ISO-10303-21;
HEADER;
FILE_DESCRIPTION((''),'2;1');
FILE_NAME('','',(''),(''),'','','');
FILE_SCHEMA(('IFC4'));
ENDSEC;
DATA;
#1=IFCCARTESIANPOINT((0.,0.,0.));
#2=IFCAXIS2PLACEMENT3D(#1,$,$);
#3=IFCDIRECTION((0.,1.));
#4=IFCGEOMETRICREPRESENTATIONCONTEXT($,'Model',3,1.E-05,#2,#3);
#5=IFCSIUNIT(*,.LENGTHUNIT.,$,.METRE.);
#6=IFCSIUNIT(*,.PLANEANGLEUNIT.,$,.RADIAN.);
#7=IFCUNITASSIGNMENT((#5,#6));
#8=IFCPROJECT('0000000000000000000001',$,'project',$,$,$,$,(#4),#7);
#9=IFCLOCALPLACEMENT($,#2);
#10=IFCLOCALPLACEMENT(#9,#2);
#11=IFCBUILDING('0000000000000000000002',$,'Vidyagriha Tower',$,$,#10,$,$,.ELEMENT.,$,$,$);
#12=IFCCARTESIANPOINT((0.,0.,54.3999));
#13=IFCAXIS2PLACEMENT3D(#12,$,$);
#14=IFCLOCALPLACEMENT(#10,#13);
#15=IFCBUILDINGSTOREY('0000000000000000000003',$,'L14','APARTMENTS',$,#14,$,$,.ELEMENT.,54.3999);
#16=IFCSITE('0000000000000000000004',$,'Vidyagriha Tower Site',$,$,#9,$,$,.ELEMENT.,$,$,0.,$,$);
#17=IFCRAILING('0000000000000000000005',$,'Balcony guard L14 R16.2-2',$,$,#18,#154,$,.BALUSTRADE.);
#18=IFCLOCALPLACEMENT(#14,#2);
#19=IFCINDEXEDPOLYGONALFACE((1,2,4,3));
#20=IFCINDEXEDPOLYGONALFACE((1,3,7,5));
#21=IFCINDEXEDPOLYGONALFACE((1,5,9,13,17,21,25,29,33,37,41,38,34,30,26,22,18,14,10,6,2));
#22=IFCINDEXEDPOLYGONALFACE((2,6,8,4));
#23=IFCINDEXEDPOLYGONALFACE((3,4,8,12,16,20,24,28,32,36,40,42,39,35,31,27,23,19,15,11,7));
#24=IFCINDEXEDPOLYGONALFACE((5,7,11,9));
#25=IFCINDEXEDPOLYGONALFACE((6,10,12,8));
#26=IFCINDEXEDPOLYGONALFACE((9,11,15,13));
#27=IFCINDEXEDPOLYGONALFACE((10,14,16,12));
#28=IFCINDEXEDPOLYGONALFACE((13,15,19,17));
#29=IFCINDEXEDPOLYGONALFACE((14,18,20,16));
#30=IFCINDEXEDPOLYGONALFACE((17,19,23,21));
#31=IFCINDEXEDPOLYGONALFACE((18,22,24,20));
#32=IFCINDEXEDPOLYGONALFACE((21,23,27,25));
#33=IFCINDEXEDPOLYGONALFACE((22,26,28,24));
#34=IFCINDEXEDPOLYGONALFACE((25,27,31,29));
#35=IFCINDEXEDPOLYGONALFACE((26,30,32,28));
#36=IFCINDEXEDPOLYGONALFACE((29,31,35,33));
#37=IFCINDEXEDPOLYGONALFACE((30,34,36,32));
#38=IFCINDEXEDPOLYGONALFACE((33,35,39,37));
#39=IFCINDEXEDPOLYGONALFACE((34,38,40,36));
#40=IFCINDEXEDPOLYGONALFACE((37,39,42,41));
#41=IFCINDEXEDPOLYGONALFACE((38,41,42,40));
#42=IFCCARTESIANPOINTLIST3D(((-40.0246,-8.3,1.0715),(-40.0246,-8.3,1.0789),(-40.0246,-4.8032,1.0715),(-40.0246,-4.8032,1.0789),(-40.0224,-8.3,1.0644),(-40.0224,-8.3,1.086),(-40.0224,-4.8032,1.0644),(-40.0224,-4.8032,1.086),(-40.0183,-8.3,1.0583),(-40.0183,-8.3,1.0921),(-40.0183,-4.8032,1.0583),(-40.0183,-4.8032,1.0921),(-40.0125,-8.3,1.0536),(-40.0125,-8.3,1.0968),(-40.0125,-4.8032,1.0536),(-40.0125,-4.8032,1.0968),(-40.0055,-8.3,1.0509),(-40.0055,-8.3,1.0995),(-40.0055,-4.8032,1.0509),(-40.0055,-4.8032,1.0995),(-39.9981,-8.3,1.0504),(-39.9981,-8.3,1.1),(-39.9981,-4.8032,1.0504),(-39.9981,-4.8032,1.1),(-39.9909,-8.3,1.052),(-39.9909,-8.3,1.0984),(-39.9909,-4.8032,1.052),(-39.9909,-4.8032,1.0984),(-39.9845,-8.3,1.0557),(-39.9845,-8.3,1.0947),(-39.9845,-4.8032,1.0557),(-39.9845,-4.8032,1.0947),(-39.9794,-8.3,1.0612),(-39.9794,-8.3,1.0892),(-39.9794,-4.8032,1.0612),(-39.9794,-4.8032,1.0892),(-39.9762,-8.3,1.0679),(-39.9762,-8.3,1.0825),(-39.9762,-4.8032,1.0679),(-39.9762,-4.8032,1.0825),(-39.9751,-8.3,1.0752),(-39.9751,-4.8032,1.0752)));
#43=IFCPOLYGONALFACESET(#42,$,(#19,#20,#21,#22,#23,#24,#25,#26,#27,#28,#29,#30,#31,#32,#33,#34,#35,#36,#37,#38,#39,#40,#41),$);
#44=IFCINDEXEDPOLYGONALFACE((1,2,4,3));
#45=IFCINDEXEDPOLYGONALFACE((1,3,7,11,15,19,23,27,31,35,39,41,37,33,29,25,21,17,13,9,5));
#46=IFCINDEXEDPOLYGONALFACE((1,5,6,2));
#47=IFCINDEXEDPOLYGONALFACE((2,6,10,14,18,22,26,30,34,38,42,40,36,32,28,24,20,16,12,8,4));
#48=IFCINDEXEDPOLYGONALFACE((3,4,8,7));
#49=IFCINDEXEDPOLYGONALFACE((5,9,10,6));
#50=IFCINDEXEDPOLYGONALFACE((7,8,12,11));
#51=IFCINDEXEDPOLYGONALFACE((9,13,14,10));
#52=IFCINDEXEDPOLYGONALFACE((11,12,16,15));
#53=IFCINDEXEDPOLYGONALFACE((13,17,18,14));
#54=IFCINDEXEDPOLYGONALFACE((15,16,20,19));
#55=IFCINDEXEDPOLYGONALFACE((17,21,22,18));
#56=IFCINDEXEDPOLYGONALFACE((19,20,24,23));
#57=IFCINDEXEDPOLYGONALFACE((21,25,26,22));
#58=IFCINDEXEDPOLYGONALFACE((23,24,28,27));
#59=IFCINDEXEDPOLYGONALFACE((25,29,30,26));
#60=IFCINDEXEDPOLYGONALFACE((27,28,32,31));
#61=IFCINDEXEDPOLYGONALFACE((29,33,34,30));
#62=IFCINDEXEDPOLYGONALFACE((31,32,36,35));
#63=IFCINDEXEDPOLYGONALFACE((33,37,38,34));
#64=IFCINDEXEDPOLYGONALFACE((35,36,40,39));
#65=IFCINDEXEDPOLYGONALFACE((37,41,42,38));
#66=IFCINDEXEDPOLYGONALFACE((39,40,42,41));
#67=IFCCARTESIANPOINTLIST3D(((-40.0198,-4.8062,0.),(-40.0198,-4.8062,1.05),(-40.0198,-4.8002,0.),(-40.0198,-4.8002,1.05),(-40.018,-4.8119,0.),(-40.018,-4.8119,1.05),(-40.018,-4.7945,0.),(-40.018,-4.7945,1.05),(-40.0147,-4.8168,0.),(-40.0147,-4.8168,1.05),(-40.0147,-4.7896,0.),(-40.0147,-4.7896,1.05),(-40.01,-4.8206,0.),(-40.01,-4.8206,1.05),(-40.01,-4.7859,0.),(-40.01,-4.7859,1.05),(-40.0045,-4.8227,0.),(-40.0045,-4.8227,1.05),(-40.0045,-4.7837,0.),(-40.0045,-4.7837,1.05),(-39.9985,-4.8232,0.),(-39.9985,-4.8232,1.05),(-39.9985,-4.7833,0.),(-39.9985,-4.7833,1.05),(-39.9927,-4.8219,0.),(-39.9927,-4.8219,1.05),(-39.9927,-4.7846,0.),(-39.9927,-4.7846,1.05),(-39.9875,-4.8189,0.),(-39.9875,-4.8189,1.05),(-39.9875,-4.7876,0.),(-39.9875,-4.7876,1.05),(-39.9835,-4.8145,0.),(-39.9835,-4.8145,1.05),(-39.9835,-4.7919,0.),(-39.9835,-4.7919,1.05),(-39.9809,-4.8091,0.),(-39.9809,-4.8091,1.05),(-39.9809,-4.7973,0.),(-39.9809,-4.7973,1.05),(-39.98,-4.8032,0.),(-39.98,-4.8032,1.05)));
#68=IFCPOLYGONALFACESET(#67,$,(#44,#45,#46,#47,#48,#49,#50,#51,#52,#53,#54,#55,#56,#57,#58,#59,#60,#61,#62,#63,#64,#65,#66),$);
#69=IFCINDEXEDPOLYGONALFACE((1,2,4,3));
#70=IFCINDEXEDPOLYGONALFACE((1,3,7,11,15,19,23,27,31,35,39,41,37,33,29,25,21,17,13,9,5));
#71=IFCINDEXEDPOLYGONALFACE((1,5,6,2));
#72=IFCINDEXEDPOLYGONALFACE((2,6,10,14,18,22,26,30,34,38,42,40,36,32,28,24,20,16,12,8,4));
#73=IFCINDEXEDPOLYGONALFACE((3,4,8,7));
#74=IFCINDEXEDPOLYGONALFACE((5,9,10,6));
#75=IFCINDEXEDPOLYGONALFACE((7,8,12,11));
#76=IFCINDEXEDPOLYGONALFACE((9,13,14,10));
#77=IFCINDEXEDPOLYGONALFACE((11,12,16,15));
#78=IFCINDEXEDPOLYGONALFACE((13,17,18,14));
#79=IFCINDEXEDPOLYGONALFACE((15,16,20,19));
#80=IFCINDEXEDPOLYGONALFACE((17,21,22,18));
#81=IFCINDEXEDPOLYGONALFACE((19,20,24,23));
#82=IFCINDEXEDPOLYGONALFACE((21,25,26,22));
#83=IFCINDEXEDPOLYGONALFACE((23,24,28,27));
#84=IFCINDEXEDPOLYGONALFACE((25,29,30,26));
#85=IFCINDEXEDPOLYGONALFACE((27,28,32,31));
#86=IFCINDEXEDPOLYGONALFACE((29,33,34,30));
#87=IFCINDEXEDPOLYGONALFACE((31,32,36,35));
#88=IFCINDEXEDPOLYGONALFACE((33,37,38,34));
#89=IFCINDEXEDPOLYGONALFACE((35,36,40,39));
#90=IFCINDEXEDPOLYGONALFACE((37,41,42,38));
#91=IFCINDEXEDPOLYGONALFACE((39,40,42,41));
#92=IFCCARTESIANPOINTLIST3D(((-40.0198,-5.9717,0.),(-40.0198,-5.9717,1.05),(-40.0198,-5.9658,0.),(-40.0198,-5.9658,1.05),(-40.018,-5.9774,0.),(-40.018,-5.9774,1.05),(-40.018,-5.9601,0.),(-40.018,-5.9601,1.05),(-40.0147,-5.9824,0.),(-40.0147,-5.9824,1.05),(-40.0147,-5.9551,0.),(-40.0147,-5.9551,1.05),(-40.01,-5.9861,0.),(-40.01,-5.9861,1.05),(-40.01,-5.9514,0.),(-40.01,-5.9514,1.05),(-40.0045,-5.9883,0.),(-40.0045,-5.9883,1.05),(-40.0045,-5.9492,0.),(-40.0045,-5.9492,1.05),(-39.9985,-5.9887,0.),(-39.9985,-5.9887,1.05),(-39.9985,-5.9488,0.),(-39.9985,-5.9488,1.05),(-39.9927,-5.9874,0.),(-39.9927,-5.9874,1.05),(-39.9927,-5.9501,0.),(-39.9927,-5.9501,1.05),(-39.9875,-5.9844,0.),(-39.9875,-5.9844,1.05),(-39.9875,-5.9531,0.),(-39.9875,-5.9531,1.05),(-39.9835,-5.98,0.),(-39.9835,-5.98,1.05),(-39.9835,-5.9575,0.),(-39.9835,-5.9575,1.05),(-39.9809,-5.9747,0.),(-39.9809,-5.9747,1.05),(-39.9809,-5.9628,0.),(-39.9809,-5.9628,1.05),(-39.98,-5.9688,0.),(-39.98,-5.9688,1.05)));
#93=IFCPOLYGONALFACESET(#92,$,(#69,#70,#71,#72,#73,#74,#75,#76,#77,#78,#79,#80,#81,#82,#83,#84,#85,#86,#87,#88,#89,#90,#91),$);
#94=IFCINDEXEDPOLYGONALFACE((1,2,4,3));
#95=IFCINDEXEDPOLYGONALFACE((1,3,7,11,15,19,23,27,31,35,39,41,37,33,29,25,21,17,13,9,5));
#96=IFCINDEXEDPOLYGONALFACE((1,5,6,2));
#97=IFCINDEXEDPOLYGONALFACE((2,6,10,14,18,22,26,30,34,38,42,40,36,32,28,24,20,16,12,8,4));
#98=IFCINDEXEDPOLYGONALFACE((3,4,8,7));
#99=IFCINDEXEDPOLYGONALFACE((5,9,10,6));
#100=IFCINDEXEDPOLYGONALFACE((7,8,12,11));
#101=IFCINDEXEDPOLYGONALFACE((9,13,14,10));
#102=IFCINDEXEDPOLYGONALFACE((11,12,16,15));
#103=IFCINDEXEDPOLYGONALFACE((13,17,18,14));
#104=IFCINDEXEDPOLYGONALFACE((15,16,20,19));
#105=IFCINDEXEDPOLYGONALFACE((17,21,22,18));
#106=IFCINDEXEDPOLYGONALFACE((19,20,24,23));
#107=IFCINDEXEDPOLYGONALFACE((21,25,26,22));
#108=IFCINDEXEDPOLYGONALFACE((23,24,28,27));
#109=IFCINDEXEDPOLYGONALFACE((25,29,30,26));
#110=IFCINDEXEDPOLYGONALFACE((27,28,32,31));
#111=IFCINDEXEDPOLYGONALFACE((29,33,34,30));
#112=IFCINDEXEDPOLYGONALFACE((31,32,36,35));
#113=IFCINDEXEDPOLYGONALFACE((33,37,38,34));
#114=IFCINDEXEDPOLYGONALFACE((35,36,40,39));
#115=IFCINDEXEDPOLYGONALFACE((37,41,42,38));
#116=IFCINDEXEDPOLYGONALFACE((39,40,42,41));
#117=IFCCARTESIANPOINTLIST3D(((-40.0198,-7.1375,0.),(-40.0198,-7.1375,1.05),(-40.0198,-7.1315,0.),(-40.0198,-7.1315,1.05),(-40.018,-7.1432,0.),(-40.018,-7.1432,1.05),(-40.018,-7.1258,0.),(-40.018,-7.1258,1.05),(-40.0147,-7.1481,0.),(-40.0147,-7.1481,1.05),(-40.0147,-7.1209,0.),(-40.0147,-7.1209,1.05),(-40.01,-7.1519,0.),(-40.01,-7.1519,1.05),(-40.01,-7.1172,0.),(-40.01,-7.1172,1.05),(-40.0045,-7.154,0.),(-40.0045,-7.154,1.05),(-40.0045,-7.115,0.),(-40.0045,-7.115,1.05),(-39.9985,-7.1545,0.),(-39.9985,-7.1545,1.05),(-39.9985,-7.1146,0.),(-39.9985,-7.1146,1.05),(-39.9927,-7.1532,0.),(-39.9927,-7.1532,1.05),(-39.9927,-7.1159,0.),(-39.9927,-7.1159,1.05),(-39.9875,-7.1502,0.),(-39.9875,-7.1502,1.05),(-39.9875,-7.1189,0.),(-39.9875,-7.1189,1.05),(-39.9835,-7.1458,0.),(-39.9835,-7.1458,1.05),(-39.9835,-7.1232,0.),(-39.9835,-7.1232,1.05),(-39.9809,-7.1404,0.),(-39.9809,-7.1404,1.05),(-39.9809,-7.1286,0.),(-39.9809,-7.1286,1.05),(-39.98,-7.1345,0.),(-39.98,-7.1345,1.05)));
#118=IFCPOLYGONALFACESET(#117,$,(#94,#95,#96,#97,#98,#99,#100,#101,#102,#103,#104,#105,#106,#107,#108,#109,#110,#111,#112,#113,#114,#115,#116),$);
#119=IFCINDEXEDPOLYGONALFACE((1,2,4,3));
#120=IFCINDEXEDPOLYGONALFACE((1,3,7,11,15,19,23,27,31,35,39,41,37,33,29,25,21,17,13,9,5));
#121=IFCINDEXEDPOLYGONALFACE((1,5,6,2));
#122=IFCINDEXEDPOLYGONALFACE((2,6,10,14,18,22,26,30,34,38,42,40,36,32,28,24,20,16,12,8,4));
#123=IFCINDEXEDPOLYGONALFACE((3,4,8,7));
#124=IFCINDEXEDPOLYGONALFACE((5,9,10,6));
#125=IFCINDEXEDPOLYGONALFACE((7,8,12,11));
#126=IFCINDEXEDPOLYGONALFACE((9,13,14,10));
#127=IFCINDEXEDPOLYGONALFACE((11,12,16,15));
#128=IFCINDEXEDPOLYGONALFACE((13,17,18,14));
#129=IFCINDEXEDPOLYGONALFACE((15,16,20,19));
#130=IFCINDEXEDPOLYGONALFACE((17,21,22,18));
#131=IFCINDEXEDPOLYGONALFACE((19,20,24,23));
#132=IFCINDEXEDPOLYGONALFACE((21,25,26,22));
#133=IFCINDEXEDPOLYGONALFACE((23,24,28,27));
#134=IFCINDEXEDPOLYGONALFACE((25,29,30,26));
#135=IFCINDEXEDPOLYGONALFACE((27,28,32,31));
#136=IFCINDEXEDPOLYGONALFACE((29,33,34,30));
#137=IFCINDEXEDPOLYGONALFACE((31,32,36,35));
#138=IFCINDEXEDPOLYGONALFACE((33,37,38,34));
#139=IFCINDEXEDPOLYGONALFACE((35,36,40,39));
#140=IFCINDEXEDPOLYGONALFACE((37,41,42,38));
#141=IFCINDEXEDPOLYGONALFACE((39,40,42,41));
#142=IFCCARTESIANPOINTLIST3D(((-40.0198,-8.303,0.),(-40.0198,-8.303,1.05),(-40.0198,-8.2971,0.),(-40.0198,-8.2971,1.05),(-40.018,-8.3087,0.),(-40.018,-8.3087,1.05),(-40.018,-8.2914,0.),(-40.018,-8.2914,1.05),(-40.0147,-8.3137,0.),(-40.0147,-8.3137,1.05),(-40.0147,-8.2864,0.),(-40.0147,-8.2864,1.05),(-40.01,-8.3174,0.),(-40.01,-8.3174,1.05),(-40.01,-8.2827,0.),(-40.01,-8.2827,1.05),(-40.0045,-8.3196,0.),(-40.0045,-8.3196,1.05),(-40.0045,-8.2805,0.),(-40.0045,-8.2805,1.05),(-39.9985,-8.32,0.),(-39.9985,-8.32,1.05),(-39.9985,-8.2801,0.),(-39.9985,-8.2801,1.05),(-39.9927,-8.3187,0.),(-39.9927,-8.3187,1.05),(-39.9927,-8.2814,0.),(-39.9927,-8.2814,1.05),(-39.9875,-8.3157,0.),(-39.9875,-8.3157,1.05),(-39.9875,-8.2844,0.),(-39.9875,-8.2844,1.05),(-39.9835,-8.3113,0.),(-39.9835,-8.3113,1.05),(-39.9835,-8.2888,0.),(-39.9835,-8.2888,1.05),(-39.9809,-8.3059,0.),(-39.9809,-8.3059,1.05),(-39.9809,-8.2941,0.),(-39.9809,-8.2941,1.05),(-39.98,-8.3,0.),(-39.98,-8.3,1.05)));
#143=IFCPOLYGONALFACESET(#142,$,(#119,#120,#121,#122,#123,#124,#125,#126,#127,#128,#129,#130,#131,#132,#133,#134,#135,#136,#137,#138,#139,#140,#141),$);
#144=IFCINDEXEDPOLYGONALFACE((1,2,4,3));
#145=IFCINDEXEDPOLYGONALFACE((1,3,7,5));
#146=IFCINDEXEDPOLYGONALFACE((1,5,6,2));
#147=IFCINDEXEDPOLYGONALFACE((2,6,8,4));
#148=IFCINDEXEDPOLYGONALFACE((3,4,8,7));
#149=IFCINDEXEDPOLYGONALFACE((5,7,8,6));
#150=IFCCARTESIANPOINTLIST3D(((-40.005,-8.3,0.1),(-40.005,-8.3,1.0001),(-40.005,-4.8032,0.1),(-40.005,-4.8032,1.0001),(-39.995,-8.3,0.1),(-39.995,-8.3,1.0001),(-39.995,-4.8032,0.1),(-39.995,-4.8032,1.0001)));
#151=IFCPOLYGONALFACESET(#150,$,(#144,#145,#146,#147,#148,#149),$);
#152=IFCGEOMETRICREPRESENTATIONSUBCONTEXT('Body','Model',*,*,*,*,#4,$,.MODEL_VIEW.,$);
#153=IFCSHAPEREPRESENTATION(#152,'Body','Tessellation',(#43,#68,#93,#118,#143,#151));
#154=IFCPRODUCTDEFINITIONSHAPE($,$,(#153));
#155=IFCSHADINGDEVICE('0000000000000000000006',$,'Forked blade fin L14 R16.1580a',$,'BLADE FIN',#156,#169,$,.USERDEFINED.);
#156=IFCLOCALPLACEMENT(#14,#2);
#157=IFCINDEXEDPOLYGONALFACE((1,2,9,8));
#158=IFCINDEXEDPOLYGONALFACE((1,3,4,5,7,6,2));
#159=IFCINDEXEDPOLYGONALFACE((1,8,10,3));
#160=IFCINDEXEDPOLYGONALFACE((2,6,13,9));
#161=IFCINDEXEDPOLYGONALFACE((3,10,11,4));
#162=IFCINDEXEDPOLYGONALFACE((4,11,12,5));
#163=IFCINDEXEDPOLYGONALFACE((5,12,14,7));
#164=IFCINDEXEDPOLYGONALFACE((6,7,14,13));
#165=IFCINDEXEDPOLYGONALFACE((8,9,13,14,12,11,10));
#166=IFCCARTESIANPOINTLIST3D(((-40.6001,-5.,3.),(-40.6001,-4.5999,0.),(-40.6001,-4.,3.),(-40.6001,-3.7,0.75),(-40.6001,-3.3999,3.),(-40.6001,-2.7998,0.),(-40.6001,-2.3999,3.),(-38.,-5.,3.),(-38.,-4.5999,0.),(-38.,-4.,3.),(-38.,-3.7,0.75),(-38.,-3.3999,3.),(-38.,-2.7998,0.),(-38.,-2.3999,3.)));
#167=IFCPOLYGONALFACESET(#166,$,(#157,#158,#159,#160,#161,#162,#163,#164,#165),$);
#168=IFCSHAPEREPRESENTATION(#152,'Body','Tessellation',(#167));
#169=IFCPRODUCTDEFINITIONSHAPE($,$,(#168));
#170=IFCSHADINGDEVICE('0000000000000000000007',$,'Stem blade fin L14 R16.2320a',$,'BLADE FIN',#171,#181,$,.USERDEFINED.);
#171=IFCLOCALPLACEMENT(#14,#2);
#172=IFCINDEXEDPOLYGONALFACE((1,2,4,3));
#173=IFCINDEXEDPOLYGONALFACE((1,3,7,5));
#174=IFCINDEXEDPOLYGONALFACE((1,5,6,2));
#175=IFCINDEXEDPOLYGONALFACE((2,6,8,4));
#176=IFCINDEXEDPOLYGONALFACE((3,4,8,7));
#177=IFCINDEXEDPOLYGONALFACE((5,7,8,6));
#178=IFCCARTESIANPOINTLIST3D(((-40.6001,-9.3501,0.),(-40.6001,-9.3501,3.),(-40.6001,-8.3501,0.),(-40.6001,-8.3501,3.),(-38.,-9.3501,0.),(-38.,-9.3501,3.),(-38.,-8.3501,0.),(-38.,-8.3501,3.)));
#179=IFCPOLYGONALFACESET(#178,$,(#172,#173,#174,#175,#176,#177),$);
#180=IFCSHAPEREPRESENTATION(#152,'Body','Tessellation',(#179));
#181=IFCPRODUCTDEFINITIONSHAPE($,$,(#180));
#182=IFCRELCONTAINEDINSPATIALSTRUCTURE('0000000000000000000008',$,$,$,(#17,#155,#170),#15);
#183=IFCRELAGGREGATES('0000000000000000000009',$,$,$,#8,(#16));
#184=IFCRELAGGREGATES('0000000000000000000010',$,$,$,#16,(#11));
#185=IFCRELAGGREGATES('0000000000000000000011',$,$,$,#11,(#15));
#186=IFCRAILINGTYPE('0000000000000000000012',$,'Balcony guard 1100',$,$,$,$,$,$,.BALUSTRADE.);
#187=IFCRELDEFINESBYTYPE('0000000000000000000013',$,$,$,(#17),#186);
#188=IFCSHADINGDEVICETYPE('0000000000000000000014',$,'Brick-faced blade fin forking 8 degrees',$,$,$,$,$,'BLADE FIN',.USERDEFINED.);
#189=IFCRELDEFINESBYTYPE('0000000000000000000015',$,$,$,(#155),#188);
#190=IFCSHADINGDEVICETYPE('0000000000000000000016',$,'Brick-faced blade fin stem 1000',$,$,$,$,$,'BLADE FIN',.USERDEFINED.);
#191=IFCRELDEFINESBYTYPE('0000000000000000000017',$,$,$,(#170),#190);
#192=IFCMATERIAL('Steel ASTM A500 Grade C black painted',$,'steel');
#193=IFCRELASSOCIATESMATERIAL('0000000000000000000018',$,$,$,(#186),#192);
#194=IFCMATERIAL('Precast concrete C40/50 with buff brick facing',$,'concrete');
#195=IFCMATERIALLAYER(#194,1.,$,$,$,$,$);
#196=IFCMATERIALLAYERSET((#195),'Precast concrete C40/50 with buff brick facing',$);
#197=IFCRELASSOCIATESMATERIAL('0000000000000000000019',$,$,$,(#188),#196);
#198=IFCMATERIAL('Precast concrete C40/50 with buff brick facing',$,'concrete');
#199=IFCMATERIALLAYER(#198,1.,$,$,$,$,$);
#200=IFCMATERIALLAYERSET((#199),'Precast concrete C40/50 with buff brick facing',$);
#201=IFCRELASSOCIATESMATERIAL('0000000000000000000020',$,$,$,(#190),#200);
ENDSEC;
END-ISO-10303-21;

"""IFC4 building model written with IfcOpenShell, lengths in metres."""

from ifc_helpers import new_model, si_unit, direction, frame, origin, origin_2d, place, context, subcontext, project, spatial, polyline, rectangle, circle, outline, extrude, material, layer, layer_set, type_object, element, save


model = new_model("IFC4")

# Units and contexts
model_context = context("Model", 3, precision=1e-05, world=origin(), true_north=direction((0.0, 1.0)))
body_context = subcontext(model_context, "Body", "Model", "MODEL_VIEW")
ifc_project = project(units=[si_unit("LENGTHUNIT", "METRE"), si_unit("PLANEANGLEUNIT", "RADIAN")], contexts=[model_context])

# Site, building, storey
site_placement = place(None, origin())
site = spatial("IfcSite", under=ifc_project, at=site_placement, Name="Vidyagriha Tower Site", CompositionType="ELEMENT", RefElevation=0.0)
building_placement = place(site_placement, origin())
building = spatial("IfcBuilding", under=site, at=building_placement, Name="Vidyagriha Tower", CompositionType="ELEMENT")
storey_placement = place(building_placement, frame((0.0, 0.0, 54.3999)))
storey = spatial("IfcBuildingStorey", under=building, at=storey_placement, Name="L14", Description="APARTMENTS", CompositionType="ELEMENT", Elevation=54.3999)

# Railing
ifc_material_1 = material(Name="Steel ASTM A500 Grade C black painted", Category="steel")
railing_type_1 = type_object("IfcRailingType", Name="Balcony guard 1100", PredefinedType="BALUSTRADE", material=ifc_material_1)
railing_1_placement = place(storey_placement, frame((-40.0, -4.8032, 0.0)))
element("IfcRailing", 1, at=railing_1_placement, inside=storey, type_object=railing_type_1, Name="Balcony guard L14 R16.2-2", PredefinedType="BALUSTRADE", context=body_context, shape_type="SweptSolid", body=[
    extrude(circle(Radius=0.0249, at=origin_2d()), frame((0.0, 0.0, 1.0752), z_axis=(0.0, -1.0, 0.0), x_axis=(1.0, 0.0, 0.0)), (0.0, 0.0, 1.0), 3.4968),
    extrude(circle(Radius=0.02, at=origin_2d()), origin(), (0.0, 0.0, 1.0), 1.05),
    extrude(circle(Radius=0.02, at=origin_2d()), frame((0.0, -1.1655, 0.0)), (0.0, 0.0, 1.0), 1.05),
    extrude(circle(Radius=0.02, at=origin_2d()), frame((0.0, -2.3313, 0.0)), (0.0, 0.0, 1.0), 1.05),
    extrude(circle(Radius=0.02, at=origin_2d()), frame((0.0, -3.4968, 0.0)), (0.0, 0.0, 1.0), 1.05),
    extrude(rectangle(XDim=0.01, YDim=0.9001, at=origin_2d()), frame((0.0, 0.0, 0.55), z_axis=(0.0, -1.0, 0.0), x_axis=(1.0, 0.0, 0.0)), (0.0, 0.0, 1.0), 3.4968),
])

# Shading devices
ifc_material_2 = material(Name="Precast concrete C40/50 with buff brick facing", Category="concrete")
ifc_layer_1 = layer(ifc_material_2, 1.0)
ifc_layer_set_1 = layer_set([ifc_layer_1], Name="Precast concrete C40/50 with buff brick facing")
shading_device_type_1 = type_object("IfcShadingDeviceType", Name="Brick-faced blade fin forking 8 degrees", ElementType="BLADE FIN", PredefinedType="USERDEFINED", material=ifc_layer_set_1)
shading_device_1_placement = place(storey_placement, frame((-39.3, -2.3999, 0.0), z_axis=(0.0, 0.0, 1.0), x_axis=(0.0, -1.0, 0.0)))
element("IfcShadingDevice", 2, at=shading_device_1_placement, inside=storey, type_object=shading_device_type_1, Name="Forked blade fin L14 R16.1580a", ObjectType="BLADE FIN", PredefinedType="USERDEFINED", context=body_context, shape_type="SweptSolid", body=[
    extrude(outline(polyline([(0.3999, 0.0), (2.2, 0.0), (2.6001, 3.0), (1.6001, 3.0), (1.3, 0.75), (1.0, 3.0), (0.0, 3.0), (0.3999, 0.0)])), frame((0.0, 1.3, 0.0), z_axis=(0.0, -1.0, 0.0), x_axis=(1.0, 0.0, 0.0)), (0.0, 0.0, 1.0), 2.6001),
])
ifc_material_3 = material(Name="Precast concrete C40/50 with buff brick facing", Category="concrete")
ifc_layer_2 = layer(ifc_material_3, 1.0)
ifc_layer_set_2 = layer_set([ifc_layer_2], Name="Precast concrete C40/50 with buff brick facing")
shading_device_type_2 = type_object("IfcShadingDeviceType", Name="Brick-faced blade fin stem 1000", ElementType="BLADE FIN", PredefinedType="USERDEFINED", material=ifc_layer_set_2)
shading_device_2_placement = place(storey_placement, frame((-39.3, -8.3501, 0.0), z_axis=(0.0, 0.0, 1.0), x_axis=(0.0, -1.0, 0.0)))
element("IfcShadingDevice", 3, at=shading_device_2_placement, inside=storey, type_object=shading_device_type_2, Name="Stem blade fin L14 R16.2320a", ObjectType="BLADE FIN", PredefinedType="USERDEFINED", context=body_context, shape_type="SweptSolid", body=[
    extrude(outline(polyline([(0.0, 0.0), (1.0, 0.0), (1.0, 3.0), (0.0, 3.0), (0.0, 0.0)])), frame((0.0, 1.3, 0.0), z_axis=(0.0, -1.0, 0.0), x_axis=(1.0, 0.0, 0.0)), (0.0, 0.0, 1.0), 2.6001),
])

save(model, "model.ifc")
